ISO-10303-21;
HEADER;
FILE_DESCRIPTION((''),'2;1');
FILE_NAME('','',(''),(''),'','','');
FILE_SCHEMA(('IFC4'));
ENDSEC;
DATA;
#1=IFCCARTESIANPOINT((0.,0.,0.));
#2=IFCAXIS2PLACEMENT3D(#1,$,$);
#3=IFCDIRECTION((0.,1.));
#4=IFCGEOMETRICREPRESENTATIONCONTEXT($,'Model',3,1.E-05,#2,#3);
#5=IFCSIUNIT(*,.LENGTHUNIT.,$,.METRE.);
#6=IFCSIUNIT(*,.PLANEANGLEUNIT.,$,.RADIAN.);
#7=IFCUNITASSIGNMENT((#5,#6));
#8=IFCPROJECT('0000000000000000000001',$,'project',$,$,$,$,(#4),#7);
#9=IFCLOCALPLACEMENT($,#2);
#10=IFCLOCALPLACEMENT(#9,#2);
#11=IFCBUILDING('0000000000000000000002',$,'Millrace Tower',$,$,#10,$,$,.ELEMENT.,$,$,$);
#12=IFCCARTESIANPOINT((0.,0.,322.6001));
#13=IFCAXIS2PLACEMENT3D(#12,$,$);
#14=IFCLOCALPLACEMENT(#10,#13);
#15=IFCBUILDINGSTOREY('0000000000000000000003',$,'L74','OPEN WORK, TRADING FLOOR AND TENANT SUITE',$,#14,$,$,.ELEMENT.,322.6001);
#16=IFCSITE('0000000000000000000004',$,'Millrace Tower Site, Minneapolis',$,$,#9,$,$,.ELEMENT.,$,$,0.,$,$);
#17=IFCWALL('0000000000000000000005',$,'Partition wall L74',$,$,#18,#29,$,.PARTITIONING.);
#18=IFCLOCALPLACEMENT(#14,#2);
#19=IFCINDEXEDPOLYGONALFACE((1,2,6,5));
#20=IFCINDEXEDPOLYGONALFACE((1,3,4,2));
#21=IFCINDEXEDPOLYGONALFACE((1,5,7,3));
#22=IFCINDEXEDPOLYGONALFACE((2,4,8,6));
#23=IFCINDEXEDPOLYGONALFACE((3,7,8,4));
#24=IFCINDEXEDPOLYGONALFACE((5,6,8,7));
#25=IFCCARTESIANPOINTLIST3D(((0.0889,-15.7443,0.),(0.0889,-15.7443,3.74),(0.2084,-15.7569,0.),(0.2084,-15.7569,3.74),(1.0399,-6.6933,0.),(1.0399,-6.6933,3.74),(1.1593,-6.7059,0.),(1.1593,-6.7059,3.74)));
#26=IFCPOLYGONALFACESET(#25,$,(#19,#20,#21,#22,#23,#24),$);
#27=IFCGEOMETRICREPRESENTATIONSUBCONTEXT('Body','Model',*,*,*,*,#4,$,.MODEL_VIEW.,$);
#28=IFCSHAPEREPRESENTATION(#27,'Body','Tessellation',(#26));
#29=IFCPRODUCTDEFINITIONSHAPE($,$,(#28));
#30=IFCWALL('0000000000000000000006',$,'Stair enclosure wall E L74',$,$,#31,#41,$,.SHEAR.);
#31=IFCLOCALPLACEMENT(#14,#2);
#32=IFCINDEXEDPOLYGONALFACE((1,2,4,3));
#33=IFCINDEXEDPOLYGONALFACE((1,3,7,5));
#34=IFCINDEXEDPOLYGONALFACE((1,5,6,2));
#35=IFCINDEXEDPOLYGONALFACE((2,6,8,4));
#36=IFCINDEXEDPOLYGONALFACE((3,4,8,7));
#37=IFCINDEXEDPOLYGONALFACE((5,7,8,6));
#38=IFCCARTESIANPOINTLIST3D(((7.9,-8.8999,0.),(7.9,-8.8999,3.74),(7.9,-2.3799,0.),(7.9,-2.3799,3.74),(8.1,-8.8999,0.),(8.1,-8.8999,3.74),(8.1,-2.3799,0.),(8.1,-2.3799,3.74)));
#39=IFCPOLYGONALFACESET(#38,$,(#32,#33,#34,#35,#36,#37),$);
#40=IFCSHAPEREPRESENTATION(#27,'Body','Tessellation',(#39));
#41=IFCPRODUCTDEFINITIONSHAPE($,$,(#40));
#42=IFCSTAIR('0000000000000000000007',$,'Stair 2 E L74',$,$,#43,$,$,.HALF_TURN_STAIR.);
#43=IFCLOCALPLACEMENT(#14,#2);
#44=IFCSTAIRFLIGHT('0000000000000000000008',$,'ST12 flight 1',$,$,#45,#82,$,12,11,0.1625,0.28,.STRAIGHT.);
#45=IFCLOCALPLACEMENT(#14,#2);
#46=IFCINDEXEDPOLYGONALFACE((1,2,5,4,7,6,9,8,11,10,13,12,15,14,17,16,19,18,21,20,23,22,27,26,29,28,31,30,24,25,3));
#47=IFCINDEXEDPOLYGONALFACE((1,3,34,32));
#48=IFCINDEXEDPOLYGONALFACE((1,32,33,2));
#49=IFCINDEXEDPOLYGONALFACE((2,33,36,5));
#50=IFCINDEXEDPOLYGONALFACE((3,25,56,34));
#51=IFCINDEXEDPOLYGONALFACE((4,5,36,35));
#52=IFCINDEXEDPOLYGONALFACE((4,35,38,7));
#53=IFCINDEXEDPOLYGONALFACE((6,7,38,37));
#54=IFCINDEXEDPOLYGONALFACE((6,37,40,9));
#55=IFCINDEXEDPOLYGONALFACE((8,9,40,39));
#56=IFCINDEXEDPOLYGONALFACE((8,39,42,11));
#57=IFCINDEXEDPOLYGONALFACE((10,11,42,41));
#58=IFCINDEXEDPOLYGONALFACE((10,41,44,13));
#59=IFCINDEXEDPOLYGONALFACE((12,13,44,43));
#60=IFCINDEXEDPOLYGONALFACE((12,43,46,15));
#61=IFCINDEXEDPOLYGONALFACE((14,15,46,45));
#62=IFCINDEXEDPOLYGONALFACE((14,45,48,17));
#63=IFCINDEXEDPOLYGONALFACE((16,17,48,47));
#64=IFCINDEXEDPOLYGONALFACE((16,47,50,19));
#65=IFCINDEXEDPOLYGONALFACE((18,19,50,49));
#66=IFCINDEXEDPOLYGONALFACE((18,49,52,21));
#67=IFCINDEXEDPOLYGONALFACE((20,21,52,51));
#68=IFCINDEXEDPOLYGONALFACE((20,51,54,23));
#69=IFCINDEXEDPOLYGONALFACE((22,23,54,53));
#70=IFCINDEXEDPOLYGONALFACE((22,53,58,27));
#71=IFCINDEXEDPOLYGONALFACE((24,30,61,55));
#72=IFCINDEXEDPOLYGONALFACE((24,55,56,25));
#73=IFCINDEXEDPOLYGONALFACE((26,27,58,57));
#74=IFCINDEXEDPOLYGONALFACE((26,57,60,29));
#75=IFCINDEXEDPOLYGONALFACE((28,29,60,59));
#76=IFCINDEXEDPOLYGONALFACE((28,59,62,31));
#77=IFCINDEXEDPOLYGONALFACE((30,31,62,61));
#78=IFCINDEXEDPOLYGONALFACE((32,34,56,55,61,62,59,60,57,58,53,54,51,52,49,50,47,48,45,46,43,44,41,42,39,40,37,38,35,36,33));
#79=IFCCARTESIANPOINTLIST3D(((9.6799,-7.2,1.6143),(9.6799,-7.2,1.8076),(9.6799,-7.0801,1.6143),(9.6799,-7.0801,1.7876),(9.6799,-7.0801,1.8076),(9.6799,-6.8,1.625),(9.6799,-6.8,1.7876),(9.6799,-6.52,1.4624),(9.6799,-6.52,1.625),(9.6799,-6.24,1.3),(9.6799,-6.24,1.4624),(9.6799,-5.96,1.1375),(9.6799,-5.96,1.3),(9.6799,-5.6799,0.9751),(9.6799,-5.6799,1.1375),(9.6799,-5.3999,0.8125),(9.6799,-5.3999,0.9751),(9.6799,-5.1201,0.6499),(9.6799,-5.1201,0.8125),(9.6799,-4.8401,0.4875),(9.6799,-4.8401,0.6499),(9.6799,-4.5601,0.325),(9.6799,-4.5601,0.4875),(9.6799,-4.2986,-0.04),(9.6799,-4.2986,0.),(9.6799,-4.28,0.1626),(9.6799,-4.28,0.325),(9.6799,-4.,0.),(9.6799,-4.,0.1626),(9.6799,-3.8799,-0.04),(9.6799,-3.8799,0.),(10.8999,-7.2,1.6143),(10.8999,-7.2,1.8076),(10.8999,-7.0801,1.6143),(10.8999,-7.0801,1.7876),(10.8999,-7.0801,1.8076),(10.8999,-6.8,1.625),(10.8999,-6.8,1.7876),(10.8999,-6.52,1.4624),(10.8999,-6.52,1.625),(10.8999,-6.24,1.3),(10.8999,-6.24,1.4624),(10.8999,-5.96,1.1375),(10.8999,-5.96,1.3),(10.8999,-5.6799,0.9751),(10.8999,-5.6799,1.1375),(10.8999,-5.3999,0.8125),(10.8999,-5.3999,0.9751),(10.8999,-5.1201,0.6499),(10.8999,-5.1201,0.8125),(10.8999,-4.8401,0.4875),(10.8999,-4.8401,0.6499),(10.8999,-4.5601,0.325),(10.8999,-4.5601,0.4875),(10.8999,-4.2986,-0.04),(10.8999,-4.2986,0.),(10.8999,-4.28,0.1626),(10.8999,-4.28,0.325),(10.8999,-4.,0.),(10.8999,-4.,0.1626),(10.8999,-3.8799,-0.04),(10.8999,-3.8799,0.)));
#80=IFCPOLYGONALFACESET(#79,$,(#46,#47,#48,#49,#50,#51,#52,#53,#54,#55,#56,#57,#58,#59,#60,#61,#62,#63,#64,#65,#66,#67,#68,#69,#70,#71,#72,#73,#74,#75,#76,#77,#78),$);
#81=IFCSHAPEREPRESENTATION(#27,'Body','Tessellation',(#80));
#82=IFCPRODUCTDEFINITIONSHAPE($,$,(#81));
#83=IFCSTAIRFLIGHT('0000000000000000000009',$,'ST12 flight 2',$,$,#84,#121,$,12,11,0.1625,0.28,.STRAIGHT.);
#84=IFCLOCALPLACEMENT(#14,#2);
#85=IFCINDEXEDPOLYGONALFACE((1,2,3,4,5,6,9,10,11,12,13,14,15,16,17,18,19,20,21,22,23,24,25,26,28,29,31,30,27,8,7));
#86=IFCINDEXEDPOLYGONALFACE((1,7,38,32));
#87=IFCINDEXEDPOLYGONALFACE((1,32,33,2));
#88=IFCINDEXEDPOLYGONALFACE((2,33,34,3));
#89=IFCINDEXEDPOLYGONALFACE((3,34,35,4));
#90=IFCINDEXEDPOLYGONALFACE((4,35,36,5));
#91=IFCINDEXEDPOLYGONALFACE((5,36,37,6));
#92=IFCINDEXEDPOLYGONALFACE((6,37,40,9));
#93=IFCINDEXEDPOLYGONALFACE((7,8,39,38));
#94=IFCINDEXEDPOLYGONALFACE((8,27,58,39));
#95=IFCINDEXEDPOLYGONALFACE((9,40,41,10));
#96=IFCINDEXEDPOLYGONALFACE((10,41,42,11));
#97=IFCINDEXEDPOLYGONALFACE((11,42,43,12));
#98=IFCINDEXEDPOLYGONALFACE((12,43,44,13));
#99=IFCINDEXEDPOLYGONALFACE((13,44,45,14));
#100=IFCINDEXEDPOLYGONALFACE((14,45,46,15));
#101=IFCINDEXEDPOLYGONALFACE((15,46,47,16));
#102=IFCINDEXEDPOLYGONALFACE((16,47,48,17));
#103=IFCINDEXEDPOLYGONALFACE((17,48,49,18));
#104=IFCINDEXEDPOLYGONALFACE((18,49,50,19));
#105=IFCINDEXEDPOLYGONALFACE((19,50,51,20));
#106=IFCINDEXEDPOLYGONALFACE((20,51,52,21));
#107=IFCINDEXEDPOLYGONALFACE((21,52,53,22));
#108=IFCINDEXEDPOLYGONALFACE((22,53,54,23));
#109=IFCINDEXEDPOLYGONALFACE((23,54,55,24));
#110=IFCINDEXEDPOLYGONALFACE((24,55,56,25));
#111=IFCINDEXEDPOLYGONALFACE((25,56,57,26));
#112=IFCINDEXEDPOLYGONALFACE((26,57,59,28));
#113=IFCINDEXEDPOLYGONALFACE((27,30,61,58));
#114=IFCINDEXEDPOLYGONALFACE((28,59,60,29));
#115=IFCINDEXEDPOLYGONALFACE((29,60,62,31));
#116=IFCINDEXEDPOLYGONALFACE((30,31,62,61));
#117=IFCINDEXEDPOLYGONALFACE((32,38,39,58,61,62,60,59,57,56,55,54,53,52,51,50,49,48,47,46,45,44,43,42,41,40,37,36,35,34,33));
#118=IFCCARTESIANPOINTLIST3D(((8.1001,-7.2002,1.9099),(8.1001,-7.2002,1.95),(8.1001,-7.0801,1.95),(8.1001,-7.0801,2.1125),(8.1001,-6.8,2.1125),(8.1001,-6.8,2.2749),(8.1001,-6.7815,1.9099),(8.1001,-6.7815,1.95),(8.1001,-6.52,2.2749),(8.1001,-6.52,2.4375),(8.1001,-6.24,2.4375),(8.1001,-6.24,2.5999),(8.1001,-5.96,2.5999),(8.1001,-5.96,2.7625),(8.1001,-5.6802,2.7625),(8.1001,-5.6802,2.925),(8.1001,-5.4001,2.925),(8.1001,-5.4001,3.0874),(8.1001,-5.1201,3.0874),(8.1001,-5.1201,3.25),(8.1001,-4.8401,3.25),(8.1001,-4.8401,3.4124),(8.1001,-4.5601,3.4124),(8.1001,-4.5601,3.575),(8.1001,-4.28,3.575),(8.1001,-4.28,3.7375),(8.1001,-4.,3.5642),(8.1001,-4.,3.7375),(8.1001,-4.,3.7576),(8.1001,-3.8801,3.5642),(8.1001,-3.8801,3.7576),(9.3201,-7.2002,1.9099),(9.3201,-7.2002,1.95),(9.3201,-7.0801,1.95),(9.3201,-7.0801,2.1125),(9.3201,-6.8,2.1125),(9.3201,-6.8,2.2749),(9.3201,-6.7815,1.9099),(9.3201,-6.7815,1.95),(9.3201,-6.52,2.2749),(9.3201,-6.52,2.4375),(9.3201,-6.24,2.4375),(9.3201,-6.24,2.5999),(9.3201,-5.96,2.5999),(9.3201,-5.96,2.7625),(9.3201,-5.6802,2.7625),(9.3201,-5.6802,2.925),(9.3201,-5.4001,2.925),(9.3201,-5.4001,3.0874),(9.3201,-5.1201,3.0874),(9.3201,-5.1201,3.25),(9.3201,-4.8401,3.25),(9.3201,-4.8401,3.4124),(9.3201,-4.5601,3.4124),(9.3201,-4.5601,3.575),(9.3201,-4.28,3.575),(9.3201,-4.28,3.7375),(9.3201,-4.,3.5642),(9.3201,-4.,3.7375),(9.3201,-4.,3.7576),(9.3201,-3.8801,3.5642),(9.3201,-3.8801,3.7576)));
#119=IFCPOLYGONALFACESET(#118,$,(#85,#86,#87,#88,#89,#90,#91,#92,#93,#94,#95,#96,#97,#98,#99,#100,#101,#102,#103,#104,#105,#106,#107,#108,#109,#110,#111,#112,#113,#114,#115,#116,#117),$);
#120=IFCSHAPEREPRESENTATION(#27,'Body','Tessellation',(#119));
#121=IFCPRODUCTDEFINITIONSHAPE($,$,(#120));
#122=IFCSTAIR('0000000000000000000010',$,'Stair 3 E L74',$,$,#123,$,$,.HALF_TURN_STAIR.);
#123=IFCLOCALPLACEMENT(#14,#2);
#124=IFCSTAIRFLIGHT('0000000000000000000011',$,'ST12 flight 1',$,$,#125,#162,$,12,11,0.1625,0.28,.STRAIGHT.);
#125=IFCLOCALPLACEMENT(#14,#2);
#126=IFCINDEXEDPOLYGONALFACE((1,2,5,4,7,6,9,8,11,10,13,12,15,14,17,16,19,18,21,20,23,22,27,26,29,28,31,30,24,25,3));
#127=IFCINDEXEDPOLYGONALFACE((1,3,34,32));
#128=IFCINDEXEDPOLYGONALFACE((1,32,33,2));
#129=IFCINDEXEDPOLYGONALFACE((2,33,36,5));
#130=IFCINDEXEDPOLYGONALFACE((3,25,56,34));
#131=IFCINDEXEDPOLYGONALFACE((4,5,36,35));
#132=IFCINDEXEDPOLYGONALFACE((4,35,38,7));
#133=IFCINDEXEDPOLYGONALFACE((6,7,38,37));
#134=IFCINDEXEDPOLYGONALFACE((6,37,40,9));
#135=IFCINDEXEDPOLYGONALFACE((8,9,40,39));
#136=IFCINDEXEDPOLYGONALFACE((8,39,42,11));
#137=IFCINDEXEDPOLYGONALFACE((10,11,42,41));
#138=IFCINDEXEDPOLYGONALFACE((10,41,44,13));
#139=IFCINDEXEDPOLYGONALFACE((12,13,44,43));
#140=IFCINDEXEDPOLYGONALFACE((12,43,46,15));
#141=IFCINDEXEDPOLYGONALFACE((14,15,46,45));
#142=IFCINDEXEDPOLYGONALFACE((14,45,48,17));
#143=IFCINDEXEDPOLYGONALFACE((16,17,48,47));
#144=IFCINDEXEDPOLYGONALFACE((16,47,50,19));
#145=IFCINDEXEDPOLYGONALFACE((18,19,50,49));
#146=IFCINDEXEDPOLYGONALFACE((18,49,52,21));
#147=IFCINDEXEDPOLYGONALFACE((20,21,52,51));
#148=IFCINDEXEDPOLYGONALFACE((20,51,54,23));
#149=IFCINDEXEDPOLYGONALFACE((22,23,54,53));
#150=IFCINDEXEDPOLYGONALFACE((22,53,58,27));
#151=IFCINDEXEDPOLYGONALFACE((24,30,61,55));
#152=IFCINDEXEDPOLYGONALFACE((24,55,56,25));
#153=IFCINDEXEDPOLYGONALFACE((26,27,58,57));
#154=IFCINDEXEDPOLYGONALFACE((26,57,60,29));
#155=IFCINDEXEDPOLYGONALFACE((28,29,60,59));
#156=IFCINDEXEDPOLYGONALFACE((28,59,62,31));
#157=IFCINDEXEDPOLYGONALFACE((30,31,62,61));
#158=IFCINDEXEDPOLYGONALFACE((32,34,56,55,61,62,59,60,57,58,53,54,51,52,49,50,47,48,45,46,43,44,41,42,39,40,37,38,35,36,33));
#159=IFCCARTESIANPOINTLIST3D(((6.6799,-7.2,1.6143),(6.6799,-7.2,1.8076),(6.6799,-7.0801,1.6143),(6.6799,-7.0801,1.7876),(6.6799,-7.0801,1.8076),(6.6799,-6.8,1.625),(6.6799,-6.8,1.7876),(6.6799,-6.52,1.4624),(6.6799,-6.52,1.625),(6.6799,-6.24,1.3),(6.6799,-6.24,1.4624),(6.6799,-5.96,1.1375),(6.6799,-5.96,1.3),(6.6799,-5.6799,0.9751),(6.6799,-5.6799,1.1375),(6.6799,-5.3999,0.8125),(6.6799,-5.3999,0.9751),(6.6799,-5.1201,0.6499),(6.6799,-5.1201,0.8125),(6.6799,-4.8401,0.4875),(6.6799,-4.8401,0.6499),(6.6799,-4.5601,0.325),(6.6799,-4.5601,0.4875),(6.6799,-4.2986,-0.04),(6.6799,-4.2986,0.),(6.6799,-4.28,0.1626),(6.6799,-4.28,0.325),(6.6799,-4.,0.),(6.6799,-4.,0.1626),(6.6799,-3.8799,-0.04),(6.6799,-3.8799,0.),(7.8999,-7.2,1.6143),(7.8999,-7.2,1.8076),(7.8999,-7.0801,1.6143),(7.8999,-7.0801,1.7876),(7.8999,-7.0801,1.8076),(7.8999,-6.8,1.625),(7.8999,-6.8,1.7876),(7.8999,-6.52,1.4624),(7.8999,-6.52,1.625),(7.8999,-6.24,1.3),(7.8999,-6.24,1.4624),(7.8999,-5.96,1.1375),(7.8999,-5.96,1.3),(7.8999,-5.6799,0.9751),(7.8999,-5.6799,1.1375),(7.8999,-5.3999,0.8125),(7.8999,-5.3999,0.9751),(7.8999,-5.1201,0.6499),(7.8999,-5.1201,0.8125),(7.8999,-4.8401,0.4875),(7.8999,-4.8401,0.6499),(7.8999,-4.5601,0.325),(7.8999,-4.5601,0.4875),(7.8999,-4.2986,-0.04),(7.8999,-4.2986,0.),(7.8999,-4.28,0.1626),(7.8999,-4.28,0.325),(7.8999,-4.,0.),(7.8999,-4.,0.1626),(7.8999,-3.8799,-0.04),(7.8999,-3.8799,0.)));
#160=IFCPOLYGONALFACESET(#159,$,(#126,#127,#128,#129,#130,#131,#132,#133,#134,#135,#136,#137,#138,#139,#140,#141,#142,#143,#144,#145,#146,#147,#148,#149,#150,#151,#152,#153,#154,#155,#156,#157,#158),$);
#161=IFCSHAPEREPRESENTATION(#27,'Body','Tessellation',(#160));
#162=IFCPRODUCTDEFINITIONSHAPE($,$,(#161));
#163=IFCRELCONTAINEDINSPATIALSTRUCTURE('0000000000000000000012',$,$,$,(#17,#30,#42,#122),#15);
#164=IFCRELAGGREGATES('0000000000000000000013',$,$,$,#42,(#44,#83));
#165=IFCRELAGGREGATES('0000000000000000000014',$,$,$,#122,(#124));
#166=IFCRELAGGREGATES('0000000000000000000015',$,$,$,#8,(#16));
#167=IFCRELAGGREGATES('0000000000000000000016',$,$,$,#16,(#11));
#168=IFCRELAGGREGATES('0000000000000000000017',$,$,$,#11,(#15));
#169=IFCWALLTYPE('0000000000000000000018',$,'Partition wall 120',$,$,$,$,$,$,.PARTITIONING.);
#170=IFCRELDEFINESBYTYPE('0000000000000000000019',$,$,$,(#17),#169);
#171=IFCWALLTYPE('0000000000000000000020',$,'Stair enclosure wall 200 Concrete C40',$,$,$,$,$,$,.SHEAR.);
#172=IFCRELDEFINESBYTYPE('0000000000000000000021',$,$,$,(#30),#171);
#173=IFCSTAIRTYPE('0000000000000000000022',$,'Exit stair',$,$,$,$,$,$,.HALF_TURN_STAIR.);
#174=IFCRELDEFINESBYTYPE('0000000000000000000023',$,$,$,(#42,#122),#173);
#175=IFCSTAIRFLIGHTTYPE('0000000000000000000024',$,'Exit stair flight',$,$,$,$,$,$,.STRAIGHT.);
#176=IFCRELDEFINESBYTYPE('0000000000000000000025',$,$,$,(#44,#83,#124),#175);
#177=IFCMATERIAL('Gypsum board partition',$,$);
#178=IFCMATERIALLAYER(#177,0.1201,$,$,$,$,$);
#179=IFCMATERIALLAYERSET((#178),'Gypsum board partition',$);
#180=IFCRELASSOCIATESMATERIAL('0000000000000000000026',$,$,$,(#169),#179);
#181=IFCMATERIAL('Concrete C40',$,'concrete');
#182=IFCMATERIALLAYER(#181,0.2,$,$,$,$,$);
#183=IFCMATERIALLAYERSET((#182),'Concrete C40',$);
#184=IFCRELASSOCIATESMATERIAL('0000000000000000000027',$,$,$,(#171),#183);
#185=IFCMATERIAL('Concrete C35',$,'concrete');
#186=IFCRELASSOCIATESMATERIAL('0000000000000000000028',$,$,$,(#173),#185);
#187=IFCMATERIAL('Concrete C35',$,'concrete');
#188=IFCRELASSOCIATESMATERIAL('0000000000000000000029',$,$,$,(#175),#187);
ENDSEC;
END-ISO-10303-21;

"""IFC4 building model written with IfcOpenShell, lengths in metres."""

from ifc_helpers import new_model, si_unit, direction, frame, frame_2d, origin, place, context, subcontext, project, spatial, polyline, rectangle, outline, extrude, material, layer, layer_set, type_object, element, aggregate, save


model = new_model("IFC4")

# Units and contexts
model_context = context("Model", 3, precision=1e-05, world=origin(), true_north=direction((0.0, 1.0)))
body_context = subcontext(model_context, "Body", "Model", "MODEL_VIEW")
ifc_project = project(units=[si_unit("LENGTHUNIT", "METRE"), si_unit("PLANEANGLEUNIT", "RADIAN")], contexts=[model_context])

# Site, building, storey
site_placement = place(None, origin())
site = spatial("IfcSite", under=ifc_project, at=site_placement, Name="Millrace Tower Site, Minneapolis", CompositionType="ELEMENT", RefElevation=0.0)
building_placement = place(site_placement, origin())
building = spatial("IfcBuilding", under=site, at=building_placement, Name="Millrace Tower", CompositionType="ELEMENT")
storey_placement = place(building_placement, frame((0.0, 0.0, 322.6001)))
storey = spatial("IfcBuildingStorey", under=building, at=storey_placement, Name="L74", Description="OPEN WORK, TRADING FLOOR AND TENANT SUITE", CompositionType="ELEMENT", Elevation=322.6001)

# Shared definitions
placement = place(storey_placement, origin())

# Walls
ifc_material_1 = material(Name="Gypsum board partition")
ifc_layer_1 = layer(ifc_material_1, 0.1201)
ifc_layer_set_1 = layer_set([ifc_layer_1], Name="Gypsum board partition")
wall_type_1 = type_object("IfcWallType", Name="Partition wall 120", PredefinedType="PARTITIONING", material=ifc_layer_set_1)
wall_1_placement = place(storey_placement, frame((0.1487, -15.7505, 0.0), z_axis=(0.0, 0.0, 1.0), x_axis=(0.104488, 0.994526, 0.0)))
element("IfcWall", 1, at=wall_1_placement, inside=storey, type_object=wall_type_1, Name="Partition wall L74", PredefinedType="PARTITIONING", context=body_context, shape_type="SweptSolid", body=[
    extrude(rectangle(XDim=9.1008, YDim=0.1201, at=frame_2d((4.5503, 0.0))), origin(), (0.0, 0.0, 1.0), 3.74),
])
ifc_material_2 = material(Name="Concrete C40", Category="concrete")
ifc_layer_2 = layer(ifc_material_2, 0.2)
ifc_layer_set_2 = layer_set([ifc_layer_2], Name="Concrete C40")
wall_type_2 = type_object("IfcWallType", Name="Stair enclosure wall 200 Concrete C40", PredefinedType="SHEAR", material=ifc_layer_set_2)
wall_2_placement = place(storey_placement, frame((8.0, -2.3799, 0.0), z_axis=(0.0, 0.0, 1.0), x_axis=(0.0, -1.0, 0.0)))
element("IfcWall", 2, at=wall_2_placement, inside=storey, type_object=wall_type_2, Name="Stair enclosure wall E L74", PredefinedType="SHEAR", context=body_context, shape_type="SweptSolid", body=[
    extrude(rectangle(XDim=6.52, YDim=0.2, at=frame_2d((3.26, 0.0))), origin(), (0.0, 0.0, 1.0), 3.74),
])

# Stairs, stair flights
ifc_material_3 = material(Name="Concrete C35", Category="concrete")
stair_type = type_object("IfcStairType", Name="Exit stair", PredefinedType="HALF_TURN_STAIR", material=ifc_material_3)
stair_1 = element("IfcStair", 3, at=placement, inside=storey, type_object=stair_type, Name="Stair 2 E L74", PredefinedType="HALF_TURN_STAIR")
ifc_material_4 = material(Name="Concrete C35", Category="concrete")
stair_flight_type = type_object("IfcStairFlightType", Name="Exit stair flight", PredefinedType="STRAIGHT", material=ifc_material_4)
stair_flight_1_placement = place(storey_placement, frame((10.29, -4.0, 0.0), z_axis=(0.0, 0.0, 1.0), x_axis=(0.0, -1.0, 0.0)))
stair_flight_1 = element("IfcStairFlight", 4, at=stair_flight_1_placement, type_object=stair_flight_type, Name="ST12 flight 1", NumberOfRisers=12, NumberOfTreads=11, PredefinedType="STRAIGHT", RiserHeight=0.1625, TreadLength=0.28, context=body_context, shape_type="SweptSolid", body=[
    extrude(outline(polyline([(-0.1201, -0.04), (-0.1201, 0.0), (0.0, 0.0), (0.0, 0.1626), (0.28, 0.1626), (0.28, 0.325), (0.5601, 0.325), (0.5601, 0.4875), (0.8401, 0.4875), (0.8401, 0.6499), (1.1201, 0.6499), (1.1201, 0.8125), (1.3999, 0.8125), (1.3999, 0.9751), (1.6799, 0.9751), (1.6799, 1.1375), (1.96, 1.1375), (1.96, 1.3), (2.24, 1.3), (2.24, 1.4624), (2.52, 1.4624), (2.52, 1.625), (2.8, 1.625), (2.8, 1.7876), (3.0801, 1.7876), (3.0801, 1.8076), (3.2, 1.8076), (3.2, 1.6143), (3.0801, 1.6143), (0.2986, 0.0), (0.2986, -0.04), (-0.1201, -0.04)])), frame((0.0, 0.6099, 0.0), z_axis=(0.0, -1.0, 0.0), x_axis=(1.0, 0.0, 0.0)), (0.0, 0.0, 1.0), 1.22),
])
stair_flight_2_placement = place(storey_placement, frame((8.71, -7.0801, 1.95), z_axis=(0.0, 0.0, 1.0), x_axis=(0.0, 1.0, 0.0)))
stair_flight_2 = element("IfcStairFlight", 5, at=stair_flight_2_placement, type_object=stair_flight_type, Name="ST12 flight 2", NumberOfRisers=12, NumberOfTreads=11, PredefinedType="STRAIGHT", RiserHeight=0.1625, TreadLength=0.28, context=body_context, shape_type="SweptSolid", body=[
    extrude(outline(polyline([(-0.1201, -0.04), (-0.1201, 0.0), (0.0, 0.0), (0.0, 0.1626), (0.28, 0.1626), (0.28, 0.325), (0.5601, 0.325), (0.5601, 0.4875), (0.8401, 0.4875), (0.8401, 0.6499), (1.1201, 0.6499), (1.1201, 0.8125), (1.3999, 0.8125), (1.3999, 0.9751), (1.6799, 0.9751), (1.6799, 1.1375), (1.96, 1.1375), (1.96, 1.3), (2.24, 1.3), (2.24, 1.4624), (2.52, 1.4624), (2.52, 1.625), (2.8, 1.625), (2.8, 1.7876), (3.0801, 1.7876), (3.0801, 1.8076), (3.2, 1.8076), (3.2, 1.6143), (3.0801, 1.6143), (0.2986, 0.0), (0.2986, -0.04), (-0.1201, -0.04)])), frame((0.0, 0.6099, 0.0), z_axis=(0.0, -1.0, 0.0), x_axis=(1.0, 0.0, 0.0)), (0.0, 0.0, 1.0), 1.22),
])
aggregate(stair_1, [stair_flight_1, stair_flight_2])
stair_2 = element("IfcStair", 6, at=placement, inside=storey, type_object=stair_type, Name="Stair 3 E L74", PredefinedType="HALF_TURN_STAIR")
stair_flight_3_placement = place(storey_placement, frame((7.29, -4.0, 0.0), z_axis=(0.0, 0.0, 1.0), x_axis=(0.0, -1.0, 0.0)))
stair_flight_3 = element("IfcStairFlight", 7, at=stair_flight_3_placement, type_object=stair_flight_type, Name="ST12 flight 1", NumberOfRisers=12, NumberOfTreads=11, PredefinedType="STRAIGHT", RiserHeight=0.1625, TreadLength=0.28, context=body_context, shape_type="SweptSolid", body=[
    extrude(outline(polyline([(-0.1201, -0.04), (-0.1201, 0.0), (0.0, 0.0), (0.0, 0.1626), (0.28, 0.1626), (0.28, 0.325), (0.5601, 0.325), (0.5601, 0.4875), (0.8401, 0.4875), (0.8401, 0.6499), (1.1201, 0.6499), (1.1201, 0.8125), (1.3999, 0.8125), (1.3999, 0.9751), (1.6799, 0.9751), (1.6799, 1.1375), (1.96, 1.1375), (1.96, 1.3), (2.24, 1.3), (2.24, 1.4624), (2.52, 1.4624), (2.52, 1.625), (2.8, 1.625), (2.8, 1.7876), (3.0801, 1.7876), (3.0801, 1.8076), (3.2, 1.8076), (3.2, 1.6143), (3.0801, 1.6143), (0.2986, 0.0), (0.2986, -0.04), (-0.1201, -0.04)])), frame((0.0, 0.6099, 0.0), z_axis=(0.0, -1.0, 0.0), x_axis=(1.0, 0.0, 0.0)), (0.0, 0.0, 1.0), 1.22),
])
aggregate(stair_2, [stair_flight_3])

save(model, "model.ifc")
